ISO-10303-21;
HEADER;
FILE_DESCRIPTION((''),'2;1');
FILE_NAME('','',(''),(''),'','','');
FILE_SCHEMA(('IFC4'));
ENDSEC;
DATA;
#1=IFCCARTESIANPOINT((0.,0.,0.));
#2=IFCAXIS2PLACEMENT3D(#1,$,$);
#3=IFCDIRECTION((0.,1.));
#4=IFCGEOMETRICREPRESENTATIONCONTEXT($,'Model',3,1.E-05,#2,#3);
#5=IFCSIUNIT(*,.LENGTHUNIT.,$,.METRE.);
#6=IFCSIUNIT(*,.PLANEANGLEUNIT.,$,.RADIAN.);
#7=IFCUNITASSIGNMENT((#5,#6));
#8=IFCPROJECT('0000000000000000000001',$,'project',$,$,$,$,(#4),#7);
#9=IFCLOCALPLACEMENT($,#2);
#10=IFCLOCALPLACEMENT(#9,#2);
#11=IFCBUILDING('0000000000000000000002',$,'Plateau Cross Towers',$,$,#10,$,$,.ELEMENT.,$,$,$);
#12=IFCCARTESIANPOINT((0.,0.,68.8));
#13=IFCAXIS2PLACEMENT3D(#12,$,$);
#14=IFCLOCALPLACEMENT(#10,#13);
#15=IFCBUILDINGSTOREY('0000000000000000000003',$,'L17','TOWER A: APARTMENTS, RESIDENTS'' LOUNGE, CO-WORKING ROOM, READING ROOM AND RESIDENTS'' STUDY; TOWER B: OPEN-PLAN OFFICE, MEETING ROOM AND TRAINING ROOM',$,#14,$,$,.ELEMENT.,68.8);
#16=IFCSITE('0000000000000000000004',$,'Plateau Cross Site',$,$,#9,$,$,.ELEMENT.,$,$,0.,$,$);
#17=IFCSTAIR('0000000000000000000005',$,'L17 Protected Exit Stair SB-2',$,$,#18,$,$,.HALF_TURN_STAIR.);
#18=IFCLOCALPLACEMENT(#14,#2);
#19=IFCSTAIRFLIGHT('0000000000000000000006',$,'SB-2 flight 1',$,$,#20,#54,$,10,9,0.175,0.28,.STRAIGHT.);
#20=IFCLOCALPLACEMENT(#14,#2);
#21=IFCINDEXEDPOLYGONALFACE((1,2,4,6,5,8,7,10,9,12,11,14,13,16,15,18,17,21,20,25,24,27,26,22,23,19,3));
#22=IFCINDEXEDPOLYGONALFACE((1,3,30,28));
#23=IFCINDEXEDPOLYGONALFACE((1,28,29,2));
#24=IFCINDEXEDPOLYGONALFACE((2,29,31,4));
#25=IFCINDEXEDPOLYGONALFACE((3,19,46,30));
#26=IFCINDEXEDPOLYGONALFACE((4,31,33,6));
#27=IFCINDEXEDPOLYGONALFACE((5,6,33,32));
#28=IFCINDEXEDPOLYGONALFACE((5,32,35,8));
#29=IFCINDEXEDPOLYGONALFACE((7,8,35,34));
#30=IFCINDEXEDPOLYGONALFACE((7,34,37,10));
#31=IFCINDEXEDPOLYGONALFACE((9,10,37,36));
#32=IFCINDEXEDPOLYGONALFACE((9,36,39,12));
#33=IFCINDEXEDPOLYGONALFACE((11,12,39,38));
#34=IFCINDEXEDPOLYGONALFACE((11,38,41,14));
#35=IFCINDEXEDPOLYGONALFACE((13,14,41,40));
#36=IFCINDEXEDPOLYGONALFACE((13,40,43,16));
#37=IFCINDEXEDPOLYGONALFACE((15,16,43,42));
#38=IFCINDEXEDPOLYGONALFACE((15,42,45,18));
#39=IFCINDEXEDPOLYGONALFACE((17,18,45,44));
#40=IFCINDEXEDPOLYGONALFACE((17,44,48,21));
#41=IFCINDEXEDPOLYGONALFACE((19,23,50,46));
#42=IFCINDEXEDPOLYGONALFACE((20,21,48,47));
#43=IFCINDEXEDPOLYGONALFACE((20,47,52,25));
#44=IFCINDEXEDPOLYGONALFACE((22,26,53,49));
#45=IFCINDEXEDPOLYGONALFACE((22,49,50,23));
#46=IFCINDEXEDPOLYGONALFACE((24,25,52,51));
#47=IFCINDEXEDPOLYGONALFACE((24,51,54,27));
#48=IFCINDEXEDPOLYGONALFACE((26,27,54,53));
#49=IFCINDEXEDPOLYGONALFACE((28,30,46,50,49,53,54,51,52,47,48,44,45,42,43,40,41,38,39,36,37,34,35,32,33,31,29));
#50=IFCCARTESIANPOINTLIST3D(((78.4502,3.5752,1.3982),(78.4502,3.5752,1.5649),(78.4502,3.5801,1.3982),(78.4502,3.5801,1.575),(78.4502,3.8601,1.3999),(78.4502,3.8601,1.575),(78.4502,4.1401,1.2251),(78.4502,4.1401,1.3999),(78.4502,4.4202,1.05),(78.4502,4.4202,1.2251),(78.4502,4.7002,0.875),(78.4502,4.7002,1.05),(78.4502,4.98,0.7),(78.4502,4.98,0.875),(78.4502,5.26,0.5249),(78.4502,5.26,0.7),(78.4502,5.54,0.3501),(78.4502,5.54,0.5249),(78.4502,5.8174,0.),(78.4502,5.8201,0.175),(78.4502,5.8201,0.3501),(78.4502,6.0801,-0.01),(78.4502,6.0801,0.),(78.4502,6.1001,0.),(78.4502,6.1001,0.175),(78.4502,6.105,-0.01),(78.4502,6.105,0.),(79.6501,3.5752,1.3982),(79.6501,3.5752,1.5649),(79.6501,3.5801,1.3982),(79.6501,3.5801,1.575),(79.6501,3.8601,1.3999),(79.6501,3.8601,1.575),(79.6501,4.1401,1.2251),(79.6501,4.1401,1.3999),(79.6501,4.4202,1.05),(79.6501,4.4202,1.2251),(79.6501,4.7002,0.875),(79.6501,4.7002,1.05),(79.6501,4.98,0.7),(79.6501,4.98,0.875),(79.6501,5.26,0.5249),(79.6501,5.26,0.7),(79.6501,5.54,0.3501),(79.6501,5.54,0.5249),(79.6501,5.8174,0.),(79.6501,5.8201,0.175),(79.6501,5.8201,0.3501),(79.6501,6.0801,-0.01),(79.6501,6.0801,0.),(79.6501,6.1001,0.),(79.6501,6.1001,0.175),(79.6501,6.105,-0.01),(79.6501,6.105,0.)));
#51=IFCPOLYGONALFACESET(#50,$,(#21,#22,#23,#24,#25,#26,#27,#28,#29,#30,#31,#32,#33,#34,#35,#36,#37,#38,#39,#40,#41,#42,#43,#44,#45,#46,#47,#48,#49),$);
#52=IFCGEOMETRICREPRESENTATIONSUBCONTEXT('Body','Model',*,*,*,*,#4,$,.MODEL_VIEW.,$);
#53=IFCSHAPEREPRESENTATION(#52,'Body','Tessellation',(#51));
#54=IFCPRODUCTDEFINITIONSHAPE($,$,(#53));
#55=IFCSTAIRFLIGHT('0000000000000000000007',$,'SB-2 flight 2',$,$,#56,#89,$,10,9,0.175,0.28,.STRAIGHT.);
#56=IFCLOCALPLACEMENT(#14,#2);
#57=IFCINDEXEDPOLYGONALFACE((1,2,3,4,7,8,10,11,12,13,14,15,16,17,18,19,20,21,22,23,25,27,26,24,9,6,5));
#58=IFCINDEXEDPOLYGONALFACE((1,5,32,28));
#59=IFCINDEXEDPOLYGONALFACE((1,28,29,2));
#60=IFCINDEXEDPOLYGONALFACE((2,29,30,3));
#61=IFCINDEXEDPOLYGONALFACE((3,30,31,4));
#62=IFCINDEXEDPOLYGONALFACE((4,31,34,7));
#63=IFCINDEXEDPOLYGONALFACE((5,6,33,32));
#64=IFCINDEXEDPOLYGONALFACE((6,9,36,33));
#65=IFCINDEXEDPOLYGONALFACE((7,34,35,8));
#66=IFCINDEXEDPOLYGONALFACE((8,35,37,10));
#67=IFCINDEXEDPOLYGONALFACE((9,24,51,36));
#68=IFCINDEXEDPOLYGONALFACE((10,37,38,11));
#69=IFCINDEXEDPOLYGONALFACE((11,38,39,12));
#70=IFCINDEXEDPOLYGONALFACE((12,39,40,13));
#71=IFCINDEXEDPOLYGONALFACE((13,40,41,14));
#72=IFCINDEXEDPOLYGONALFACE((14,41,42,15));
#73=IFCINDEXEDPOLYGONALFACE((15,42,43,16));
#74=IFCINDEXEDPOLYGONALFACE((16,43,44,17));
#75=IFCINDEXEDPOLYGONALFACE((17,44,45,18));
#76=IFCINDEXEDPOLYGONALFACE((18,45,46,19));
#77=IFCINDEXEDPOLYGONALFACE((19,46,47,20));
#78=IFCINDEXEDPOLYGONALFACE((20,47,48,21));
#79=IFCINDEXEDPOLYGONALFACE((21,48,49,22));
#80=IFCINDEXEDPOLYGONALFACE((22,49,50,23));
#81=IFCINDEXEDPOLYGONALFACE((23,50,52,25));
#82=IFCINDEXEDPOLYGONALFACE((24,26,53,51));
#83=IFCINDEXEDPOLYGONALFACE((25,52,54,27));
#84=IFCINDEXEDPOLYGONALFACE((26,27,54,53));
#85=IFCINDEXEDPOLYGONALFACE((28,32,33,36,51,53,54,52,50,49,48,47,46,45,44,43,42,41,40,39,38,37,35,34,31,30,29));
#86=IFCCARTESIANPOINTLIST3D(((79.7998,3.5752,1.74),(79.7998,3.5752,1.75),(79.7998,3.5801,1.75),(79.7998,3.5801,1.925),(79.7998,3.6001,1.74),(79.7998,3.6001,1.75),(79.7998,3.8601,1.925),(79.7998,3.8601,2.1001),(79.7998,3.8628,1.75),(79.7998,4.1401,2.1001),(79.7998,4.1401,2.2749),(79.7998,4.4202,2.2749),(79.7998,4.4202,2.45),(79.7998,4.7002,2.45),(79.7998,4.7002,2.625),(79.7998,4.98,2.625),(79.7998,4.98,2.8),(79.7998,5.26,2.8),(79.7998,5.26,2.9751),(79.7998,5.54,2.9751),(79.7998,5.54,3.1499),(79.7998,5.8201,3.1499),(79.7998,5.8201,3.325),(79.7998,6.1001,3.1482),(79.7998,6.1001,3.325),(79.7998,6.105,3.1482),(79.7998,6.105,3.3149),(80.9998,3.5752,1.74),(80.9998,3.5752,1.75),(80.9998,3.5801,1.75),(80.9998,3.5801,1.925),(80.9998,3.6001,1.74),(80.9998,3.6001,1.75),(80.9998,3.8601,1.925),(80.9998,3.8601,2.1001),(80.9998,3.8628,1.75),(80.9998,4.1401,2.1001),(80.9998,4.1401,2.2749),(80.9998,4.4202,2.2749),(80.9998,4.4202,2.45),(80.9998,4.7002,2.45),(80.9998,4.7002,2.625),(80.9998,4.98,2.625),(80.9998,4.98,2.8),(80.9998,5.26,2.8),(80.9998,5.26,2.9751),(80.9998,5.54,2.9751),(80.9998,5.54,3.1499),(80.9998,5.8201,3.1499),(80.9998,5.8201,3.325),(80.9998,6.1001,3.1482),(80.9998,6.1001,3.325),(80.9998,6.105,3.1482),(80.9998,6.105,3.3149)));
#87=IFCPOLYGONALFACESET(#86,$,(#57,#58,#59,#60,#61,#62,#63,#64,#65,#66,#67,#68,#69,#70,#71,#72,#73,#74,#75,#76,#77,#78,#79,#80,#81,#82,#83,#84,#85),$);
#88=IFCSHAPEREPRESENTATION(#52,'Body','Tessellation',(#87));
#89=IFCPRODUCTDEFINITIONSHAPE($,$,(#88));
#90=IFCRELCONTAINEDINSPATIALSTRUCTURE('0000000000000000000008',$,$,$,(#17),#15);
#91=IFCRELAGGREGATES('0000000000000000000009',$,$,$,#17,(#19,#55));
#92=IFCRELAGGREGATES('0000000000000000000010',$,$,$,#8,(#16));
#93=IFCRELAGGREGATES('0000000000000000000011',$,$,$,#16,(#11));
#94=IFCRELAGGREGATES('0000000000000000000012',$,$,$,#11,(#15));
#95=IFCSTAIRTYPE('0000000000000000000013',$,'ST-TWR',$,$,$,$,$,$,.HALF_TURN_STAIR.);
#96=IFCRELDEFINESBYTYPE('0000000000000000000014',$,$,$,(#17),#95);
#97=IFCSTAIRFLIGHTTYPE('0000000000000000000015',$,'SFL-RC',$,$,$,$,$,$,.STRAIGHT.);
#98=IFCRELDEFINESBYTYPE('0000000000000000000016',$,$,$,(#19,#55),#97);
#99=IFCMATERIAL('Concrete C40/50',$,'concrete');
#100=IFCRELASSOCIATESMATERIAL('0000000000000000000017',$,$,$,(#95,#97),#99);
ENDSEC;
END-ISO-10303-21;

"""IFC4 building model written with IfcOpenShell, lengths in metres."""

from ifc_helpers import new_model, si_unit, direction, frame, origin, place, context, subcontext, project, spatial, polyline, outline, extrude, material, type_object, element, aggregate, save


model = new_model("IFC4")

# Units and contexts
model_context = context("Model", 3, precision=1e-05, world=origin(), true_north=direction((0.0, 1.0)))
body_context = subcontext(model_context, "Body", "Model", "MODEL_VIEW")
ifc_project = project(units=[si_unit("LENGTHUNIT", "METRE"), si_unit("PLANEANGLEUNIT", "RADIAN")], contexts=[model_context])

# Site, building, storey
site_placement = place(None, origin())
site = spatial("IfcSite", under=ifc_project, at=site_placement, Name="Plateau Cross Site", CompositionType="ELEMENT", RefElevation=0.0)
building_placement = place(site_placement, origin())
building = spatial("IfcBuilding", under=site, at=building_placement, Name="Plateau Cross Towers", CompositionType="ELEMENT")
storey_placement = place(building_placement, frame((0.0, 0.0, 68.8)))
storey = spatial("IfcBuildingStorey", under=building, at=storey_placement, Name="L17", Description="TOWER A: APARTMENTS, RESIDENTS' LOUNGE, CO-WORKING ROOM, READING ROOM AND RESIDENTS' STUDY; TOWER B: OPEN-PLAN OFFICE, MEETING ROOM AND TRAINING ROOM", CompositionType="ELEMENT", Elevation=68.8)

# Stair, stair flights
ifc_material_1 = material(Name="Concrete C40/50", Category="concrete")
stair_type = type_object("IfcStairType", Name="ST-TWR", PredefinedType="HALF_TURN_STAIR", material=ifc_material_1)
stair_flight_type = type_object("IfcStairFlightType", Name="SFL-RC", PredefinedType="STRAIGHT", material=ifc_material_1)
stair_1_placement = place(storey_placement, origin())
stair_1 = element("IfcStair", 1, at=stair_1_placement, inside=storey, type_object=stair_type, Name="L17 Protected Exit Stair SB-2", PredefinedType="HALF_TURN_STAIR")
stair_flight_1_placement = place(storey_placement, frame((79.05, 6.1001, 0.0), z_axis=(0.0, 0.0, 1.0), x_axis=(0.0, -1.0, 0.0)))
stair_flight_1 = element("IfcStairFlight", 2, at=stair_flight_1_placement, type_object=stair_flight_type, Name="SB-2 flight 1", NumberOfRisers=10, NumberOfTreads=9, PredefinedType="STRAIGHT", RiserHeight=0.175, TreadLength=0.28, context=body_context, shape_type="SweptSolid", body=[
    extrude(outline(polyline([(-0.0049, -0.01), (-0.0049, 0.0), (0.0, 0.0), (0.0, 0.175), (0.28, 0.175), (0.28, 0.3501), (0.5601, 0.3501), (0.5601, 0.5249), (0.8401, 0.5249), (0.8401, 0.7), (1.1201, 0.7), (1.1201, 0.875), (1.3999, 0.875), (1.3999, 1.05), (1.6799, 1.05), (1.6799, 1.2251), (1.96, 1.2251), (1.96, 1.3999), (2.24, 1.3999), (2.24, 1.575), (2.52, 1.575), (2.5249, 1.5649), (2.5249, 1.3982), (2.52, 1.3982), (0.2827, 0.0), (0.02, 0.0), (0.02, -0.01), (-0.0049, -0.01)])), frame((0.0, 0.6001, 0.0), z_axis=(0.0, -1.0, 0.0), x_axis=(1.0, 0.0, 0.0)), (0.0, 0.0, 1.0), 1.2),
])
stair_flight_2_placement = place(storey_placement, frame((80.3999, 3.5801, 1.75), z_axis=(0.0, 0.0, 1.0), x_axis=(0.0, 1.0, 0.0)))
stair_flight_2 = element("IfcStairFlight", 3, at=stair_flight_2_placement, type_object=stair_flight_type, Name="SB-2 flight 2", NumberOfRisers=10, NumberOfTreads=9, PredefinedType="STRAIGHT", RiserHeight=0.175, TreadLength=0.28, context=body_context, shape_type="SweptSolid", body=[
    extrude(outline(polyline([(-0.0049, -0.01), (-0.0049, 0.0), (0.0, 0.0), (0.0, 0.175), (0.28, 0.175), (0.28, 0.3501), (0.5601, 0.3501), (0.5601, 0.5249), (0.8401, 0.5249), (0.8401, 0.7), (1.1201, 0.7), (1.1201, 0.875), (1.3999, 0.875), (1.3999, 1.05), (1.6799, 1.05), (1.6799, 1.2251), (1.96, 1.2251), (1.96, 1.3999), (2.24, 1.3999), (2.24, 1.575), (2.52, 1.575), (2.5249, 1.5649), (2.5249, 1.3982), (2.52, 1.3982), (0.2827, 0.0), (0.02, 0.0), (0.02, -0.01), (-0.0049, -0.01)])), frame((0.0, 0.6001, 0.0), z_axis=(0.0, -1.0, 0.0), x_axis=(1.0, 0.0, 0.0)), (0.0, 0.0, 1.0), 1.2),
])
aggregate(stair_1, [stair_flight_1, stair_flight_2])

save(model, "model.ifc")
